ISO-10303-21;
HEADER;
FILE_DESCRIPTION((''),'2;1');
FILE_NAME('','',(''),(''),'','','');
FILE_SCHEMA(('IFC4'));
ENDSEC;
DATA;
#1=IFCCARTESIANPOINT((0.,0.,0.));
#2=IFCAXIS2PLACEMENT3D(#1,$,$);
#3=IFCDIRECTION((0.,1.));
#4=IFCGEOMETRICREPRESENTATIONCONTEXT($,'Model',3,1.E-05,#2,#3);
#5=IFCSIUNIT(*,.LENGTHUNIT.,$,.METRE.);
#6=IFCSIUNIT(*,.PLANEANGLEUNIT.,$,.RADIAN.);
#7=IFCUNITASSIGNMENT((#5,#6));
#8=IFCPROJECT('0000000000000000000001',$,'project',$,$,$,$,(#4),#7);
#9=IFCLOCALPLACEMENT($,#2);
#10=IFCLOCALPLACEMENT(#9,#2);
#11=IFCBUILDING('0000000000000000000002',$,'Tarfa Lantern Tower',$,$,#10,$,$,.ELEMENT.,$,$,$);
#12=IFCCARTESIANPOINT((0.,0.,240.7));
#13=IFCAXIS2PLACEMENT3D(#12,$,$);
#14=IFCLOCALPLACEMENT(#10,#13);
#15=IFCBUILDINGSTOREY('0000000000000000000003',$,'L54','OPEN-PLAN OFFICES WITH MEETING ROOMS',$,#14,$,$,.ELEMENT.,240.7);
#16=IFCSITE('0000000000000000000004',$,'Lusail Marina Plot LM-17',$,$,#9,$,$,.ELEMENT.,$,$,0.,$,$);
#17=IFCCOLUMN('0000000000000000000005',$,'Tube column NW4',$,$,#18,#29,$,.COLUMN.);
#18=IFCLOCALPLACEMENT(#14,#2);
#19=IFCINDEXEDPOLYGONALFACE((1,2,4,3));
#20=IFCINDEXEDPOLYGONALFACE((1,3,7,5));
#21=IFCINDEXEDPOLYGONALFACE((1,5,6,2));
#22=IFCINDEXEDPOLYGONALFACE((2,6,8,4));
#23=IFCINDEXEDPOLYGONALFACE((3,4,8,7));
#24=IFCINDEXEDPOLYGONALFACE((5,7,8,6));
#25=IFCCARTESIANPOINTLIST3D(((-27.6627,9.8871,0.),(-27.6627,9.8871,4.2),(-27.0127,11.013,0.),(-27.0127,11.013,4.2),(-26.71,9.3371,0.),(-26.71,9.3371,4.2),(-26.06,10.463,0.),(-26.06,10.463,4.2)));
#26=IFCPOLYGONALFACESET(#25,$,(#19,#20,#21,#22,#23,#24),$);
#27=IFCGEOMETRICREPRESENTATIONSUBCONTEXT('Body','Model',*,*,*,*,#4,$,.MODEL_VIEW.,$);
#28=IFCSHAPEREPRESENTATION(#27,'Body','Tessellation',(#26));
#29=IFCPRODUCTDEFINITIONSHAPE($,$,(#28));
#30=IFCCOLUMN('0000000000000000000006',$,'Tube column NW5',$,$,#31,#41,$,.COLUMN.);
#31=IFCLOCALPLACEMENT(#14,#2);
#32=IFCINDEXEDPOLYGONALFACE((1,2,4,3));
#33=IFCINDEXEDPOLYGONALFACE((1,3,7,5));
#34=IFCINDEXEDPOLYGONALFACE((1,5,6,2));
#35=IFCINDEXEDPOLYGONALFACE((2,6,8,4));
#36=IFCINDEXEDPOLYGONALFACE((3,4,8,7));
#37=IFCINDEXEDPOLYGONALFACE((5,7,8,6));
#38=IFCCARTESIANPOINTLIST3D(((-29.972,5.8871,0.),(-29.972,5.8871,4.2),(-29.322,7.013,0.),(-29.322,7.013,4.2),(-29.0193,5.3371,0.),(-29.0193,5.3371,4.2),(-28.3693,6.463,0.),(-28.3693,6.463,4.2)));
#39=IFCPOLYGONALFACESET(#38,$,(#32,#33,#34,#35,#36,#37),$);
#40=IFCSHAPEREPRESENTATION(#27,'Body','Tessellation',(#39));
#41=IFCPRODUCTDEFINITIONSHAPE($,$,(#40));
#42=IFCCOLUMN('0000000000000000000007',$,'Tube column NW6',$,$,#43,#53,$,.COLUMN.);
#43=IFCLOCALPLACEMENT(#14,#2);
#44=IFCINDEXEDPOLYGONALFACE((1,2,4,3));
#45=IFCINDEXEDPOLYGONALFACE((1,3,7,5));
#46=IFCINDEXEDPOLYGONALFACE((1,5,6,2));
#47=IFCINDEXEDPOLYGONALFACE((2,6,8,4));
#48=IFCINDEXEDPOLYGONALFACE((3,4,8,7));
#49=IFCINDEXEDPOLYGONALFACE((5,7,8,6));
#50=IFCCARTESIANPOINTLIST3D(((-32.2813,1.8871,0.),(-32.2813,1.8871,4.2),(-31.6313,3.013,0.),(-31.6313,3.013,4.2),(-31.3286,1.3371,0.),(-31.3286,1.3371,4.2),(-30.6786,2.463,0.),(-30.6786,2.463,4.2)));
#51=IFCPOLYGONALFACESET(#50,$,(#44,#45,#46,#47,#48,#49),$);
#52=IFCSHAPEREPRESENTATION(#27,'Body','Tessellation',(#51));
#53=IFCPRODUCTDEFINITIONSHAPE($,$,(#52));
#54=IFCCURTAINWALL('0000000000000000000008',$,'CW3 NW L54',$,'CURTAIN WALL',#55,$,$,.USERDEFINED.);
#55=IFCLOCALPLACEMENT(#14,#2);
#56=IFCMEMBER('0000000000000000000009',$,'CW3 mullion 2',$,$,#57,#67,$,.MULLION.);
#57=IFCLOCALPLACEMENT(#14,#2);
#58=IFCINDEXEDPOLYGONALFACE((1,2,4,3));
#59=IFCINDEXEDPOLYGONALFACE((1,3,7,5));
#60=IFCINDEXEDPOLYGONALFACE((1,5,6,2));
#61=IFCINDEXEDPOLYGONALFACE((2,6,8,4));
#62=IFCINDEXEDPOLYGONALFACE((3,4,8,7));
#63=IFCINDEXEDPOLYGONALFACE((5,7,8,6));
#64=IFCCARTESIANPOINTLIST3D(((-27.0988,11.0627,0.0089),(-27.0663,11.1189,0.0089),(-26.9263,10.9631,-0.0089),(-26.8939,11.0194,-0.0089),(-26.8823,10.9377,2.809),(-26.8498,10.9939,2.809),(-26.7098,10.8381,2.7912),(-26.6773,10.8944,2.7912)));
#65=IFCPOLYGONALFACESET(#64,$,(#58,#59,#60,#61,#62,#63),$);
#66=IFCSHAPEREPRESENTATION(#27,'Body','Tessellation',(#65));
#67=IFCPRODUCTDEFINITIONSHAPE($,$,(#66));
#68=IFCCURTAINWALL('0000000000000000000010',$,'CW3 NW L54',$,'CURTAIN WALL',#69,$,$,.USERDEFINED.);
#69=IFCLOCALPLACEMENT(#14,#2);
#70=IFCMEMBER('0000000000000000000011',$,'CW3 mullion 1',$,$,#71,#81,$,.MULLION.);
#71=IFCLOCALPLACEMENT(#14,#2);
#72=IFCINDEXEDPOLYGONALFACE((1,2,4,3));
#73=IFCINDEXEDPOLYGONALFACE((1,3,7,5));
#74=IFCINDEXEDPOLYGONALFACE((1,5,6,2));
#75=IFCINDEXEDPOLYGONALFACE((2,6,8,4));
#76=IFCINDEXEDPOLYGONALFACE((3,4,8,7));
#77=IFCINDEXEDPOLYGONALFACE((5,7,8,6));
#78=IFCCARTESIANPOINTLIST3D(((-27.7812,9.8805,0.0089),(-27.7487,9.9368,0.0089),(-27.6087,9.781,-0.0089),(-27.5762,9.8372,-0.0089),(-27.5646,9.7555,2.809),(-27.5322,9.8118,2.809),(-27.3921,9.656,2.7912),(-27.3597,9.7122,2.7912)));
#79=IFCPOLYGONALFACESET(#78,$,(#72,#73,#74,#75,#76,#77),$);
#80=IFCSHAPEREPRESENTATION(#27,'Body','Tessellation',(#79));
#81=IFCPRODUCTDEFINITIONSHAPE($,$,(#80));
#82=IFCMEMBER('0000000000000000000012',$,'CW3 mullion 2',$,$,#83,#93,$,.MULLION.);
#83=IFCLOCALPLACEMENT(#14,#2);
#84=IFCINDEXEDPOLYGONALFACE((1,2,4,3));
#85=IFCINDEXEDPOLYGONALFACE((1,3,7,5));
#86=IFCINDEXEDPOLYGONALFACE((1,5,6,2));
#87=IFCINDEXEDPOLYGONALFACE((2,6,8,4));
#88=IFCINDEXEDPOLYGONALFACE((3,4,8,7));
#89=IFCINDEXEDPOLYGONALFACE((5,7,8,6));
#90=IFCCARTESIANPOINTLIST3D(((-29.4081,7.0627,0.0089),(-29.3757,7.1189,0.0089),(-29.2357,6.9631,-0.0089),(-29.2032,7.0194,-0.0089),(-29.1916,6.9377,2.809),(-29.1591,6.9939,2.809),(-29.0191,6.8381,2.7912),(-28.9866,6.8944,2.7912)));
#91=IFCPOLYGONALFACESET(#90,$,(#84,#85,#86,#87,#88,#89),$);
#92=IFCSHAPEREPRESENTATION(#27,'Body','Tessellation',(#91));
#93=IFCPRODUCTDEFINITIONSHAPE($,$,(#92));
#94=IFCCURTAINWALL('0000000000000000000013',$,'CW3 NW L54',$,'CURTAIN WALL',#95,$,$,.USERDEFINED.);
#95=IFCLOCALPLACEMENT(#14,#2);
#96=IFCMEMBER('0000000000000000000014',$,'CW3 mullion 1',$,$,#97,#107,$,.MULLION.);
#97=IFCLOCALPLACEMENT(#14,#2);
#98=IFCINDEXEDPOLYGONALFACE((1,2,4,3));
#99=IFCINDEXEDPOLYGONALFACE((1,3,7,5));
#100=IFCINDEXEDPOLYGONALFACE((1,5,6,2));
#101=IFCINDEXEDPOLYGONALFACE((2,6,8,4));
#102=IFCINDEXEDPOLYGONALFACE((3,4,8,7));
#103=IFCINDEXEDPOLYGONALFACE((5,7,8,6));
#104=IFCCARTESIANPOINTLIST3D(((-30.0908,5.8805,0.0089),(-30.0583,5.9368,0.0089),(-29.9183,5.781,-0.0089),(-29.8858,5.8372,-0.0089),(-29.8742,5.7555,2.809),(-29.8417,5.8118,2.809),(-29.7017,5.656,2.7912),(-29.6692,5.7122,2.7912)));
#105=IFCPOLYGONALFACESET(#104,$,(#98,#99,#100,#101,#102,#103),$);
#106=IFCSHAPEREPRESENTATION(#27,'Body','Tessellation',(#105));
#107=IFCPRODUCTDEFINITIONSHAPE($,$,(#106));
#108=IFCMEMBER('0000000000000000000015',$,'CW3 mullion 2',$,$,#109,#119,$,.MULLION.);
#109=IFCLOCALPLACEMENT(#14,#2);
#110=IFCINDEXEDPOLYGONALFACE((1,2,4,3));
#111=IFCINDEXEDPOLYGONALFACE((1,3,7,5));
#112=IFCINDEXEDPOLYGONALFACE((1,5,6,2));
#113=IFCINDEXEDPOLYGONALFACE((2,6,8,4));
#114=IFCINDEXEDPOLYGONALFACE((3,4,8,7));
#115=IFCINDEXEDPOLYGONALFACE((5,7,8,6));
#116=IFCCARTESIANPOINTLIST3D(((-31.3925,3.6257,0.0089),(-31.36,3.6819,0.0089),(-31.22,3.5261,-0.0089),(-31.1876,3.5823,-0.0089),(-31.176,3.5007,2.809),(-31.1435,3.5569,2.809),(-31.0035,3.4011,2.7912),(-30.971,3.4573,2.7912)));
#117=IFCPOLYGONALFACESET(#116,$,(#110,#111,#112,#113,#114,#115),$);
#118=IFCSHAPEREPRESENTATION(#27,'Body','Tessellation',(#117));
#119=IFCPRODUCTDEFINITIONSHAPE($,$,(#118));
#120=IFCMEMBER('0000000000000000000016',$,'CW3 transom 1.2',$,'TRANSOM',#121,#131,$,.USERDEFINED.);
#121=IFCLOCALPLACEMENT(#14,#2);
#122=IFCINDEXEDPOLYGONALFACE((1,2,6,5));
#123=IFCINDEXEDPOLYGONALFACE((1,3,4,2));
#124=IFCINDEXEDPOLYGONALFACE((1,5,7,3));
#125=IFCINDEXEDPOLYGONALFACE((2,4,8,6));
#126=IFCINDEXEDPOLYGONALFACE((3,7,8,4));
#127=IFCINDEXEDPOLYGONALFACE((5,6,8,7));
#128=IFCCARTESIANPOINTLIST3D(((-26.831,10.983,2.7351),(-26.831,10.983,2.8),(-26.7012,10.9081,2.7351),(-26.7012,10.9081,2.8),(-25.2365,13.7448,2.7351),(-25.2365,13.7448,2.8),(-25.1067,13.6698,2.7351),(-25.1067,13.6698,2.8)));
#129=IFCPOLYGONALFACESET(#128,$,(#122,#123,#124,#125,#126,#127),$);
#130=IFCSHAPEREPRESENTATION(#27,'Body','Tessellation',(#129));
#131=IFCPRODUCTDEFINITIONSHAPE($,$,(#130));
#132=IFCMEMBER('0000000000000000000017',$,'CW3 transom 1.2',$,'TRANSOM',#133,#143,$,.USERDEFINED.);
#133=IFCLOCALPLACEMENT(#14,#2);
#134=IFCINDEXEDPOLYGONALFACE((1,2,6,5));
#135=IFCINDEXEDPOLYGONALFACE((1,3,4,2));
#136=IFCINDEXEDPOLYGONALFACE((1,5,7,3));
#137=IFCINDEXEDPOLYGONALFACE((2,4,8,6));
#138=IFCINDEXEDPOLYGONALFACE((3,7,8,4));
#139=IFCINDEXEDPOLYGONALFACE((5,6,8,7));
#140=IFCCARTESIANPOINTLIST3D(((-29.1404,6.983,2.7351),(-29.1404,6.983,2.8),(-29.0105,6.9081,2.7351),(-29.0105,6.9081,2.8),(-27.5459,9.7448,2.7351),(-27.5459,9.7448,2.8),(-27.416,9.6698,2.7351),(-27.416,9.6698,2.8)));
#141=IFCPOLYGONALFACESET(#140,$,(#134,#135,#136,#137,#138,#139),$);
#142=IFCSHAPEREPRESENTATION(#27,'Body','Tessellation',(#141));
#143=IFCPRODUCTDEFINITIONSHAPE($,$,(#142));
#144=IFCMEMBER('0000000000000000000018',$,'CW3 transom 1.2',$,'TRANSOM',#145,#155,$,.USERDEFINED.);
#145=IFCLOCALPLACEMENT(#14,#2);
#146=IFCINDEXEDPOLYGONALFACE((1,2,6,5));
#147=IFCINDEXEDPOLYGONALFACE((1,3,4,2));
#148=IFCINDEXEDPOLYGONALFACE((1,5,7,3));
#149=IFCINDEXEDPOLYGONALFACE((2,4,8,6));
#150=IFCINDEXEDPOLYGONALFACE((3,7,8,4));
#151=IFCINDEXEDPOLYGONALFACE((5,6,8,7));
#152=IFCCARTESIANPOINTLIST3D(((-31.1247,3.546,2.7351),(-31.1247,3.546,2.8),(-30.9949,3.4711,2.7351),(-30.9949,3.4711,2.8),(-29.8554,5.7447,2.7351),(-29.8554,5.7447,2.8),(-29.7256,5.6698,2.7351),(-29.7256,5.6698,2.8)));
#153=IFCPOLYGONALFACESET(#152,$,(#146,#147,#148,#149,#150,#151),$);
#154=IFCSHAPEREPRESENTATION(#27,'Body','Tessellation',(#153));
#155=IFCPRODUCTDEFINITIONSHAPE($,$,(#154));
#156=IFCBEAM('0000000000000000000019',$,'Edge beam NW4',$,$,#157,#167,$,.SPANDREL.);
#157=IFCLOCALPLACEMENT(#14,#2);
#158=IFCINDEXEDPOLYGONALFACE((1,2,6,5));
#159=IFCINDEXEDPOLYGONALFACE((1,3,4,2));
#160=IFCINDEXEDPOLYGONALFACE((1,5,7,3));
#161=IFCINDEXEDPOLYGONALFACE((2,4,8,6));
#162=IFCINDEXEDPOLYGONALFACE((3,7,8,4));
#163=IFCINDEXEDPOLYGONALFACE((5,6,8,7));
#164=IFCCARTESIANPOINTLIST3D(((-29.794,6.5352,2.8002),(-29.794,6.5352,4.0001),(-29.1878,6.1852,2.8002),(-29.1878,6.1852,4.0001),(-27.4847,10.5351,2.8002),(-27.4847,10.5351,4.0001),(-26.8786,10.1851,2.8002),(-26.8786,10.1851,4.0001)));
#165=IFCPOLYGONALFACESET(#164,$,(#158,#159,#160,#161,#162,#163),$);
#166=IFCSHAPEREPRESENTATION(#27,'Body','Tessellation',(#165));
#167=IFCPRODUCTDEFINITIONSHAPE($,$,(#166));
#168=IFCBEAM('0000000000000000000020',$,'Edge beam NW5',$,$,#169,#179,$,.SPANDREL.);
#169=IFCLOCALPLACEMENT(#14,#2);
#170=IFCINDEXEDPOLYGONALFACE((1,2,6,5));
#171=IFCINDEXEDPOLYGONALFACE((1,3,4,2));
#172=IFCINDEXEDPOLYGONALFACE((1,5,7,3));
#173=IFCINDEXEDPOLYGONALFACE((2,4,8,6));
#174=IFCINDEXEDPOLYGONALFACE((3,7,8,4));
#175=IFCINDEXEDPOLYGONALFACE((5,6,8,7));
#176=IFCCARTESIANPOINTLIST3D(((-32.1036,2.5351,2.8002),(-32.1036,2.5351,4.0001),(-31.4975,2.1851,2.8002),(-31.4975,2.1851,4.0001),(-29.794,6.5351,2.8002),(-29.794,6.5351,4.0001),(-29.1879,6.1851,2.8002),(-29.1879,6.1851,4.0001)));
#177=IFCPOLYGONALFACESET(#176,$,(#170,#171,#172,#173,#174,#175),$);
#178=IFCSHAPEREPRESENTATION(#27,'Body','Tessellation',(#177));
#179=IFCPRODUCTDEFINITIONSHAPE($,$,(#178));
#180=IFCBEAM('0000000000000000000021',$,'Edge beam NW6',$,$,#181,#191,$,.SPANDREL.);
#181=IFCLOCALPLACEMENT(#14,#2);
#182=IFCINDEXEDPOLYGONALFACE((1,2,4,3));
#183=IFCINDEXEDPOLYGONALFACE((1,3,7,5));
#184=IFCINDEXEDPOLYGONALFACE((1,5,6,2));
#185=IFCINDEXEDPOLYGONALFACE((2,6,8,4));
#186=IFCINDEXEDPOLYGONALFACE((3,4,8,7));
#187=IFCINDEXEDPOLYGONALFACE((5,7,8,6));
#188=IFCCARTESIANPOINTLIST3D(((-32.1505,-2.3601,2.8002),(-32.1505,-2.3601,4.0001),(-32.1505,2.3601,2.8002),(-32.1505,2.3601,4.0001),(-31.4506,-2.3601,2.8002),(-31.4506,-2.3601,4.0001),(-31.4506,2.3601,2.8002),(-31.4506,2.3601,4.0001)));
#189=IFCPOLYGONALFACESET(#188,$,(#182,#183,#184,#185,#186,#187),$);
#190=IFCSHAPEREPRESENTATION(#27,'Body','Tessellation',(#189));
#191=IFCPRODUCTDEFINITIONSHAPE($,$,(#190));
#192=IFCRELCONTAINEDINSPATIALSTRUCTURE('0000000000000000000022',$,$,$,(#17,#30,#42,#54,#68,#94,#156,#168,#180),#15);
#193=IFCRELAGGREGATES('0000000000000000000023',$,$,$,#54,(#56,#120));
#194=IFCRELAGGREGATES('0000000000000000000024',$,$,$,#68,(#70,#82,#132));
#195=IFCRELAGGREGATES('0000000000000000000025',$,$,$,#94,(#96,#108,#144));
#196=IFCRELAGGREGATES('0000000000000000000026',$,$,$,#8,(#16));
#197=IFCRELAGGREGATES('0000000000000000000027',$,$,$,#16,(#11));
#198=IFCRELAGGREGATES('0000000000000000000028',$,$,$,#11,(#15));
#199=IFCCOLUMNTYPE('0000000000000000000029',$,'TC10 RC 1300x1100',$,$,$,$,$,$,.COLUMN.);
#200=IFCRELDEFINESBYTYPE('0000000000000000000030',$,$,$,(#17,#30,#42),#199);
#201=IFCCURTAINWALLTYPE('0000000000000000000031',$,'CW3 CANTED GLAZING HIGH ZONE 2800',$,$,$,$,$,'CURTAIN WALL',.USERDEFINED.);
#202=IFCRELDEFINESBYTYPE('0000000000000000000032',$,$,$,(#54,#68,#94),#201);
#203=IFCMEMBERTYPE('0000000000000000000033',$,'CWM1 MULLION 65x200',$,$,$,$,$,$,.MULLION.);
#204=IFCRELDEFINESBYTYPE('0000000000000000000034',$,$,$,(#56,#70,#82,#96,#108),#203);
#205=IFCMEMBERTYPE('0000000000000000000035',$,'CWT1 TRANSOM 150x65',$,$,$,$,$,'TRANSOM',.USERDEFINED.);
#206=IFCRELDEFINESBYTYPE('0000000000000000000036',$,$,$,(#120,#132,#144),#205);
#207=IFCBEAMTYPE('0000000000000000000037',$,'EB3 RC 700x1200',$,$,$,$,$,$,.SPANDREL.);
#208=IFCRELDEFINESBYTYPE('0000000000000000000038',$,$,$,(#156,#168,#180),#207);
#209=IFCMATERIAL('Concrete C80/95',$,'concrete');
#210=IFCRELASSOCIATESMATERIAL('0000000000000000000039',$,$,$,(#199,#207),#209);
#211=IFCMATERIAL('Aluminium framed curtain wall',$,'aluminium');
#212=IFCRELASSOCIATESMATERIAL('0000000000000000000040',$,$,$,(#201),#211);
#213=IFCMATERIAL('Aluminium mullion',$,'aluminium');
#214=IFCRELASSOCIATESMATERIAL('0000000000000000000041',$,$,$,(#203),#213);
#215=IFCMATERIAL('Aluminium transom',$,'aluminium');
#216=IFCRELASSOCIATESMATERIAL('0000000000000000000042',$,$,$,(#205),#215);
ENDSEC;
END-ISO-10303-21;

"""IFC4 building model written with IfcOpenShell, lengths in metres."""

from ifc_helpers import new_model, si_unit, direction, frame, origin, origin_2d, place, context, subcontext, project, spatial, rectangle, extrude, material, material_profile, profile_set, type_object, element, aggregate, save


model = new_model("IFC4")

# Units and contexts
model_context = context("Model", 3, precision=1e-05, world=origin(), true_north=direction((0.0, 1.0)))
body_context = subcontext(model_context, "Body", "Model", "MODEL_VIEW")
ifc_project = project(units=[si_unit("LENGTHUNIT", "METRE"), si_unit("PLANEANGLEUNIT", "RADIAN")], contexts=[model_context])

# Site, building, storey
site_placement = place(None, origin())
site = spatial("IfcSite", under=ifc_project, at=site_placement, Name="Lusail Marina Plot LM-17", CompositionType="ELEMENT", RefElevation=0.0)
building_placement = place(site_placement, origin())
building = spatial("IfcBuilding", under=site, at=building_placement, Name="Tarfa Lantern Tower", CompositionType="ELEMENT")
storey_placement = place(building_placement, frame((0.0, 0.0, 240.7)))
storey = spatial("IfcBuildingStorey", under=building, at=storey_placement, Name="L54", Description="OPEN-PLAN OFFICES WITH MEETING ROOMS", CompositionType="ELEMENT", Elevation=240.7)

# Columns
ifc_material_1 = material(Name="Concrete C80/95", Category="concrete")
ifc_material_profile_1 = material_profile(ifc_material_1, rectangle(XDim=1.3, YDim=1.1001, at=origin_2d()), Name="RC 1300x1100")
ifc_profile_set_1 = profile_set([ifc_material_profile_1], Name="Concrete C80/95")
column_type = type_object("IfcColumnType", Name="TC10 RC 1300x1100", PredefinedType="COLUMN", material=ifc_profile_set_1)
for number, where, z_axis, x_axis, name in (
    (1, (-26.8613, 10.175, 0.0), (0.0, 0.0, 1.0), (-0.5, -0.866025, 0.0), "Tube column NW4"),
    (2, (-29.1707, 6.175, 0.0), (0.0, 0.0, 1.0), (-0.5, -0.866025, 0.0), "Tube column NW5"),
    (3, (-31.48, 2.175, 0.0), (0.0, 0.0, 1.0), (-0.5, -0.866025, 0.0), "Tube column NW6"),
):
    element("IfcColumn", number, at=place(storey_placement, frame(where, z_axis=z_axis, x_axis=x_axis)), inside=storey, type_object=column_type, Name=name, PredefinedType="COLUMN", context=body_context, shape_type="SweptSolid", body=[
        extrude(rectangle(XDim=1.3, YDim=1.1001, at=origin_2d()), origin(), (0.0, 0.0, 1.0), 4.2),
    ])

# Curtain wall, member
ifc_material_2 = material(Name="Aluminium framed curtain wall", Category="aluminium")
curtain_wall_type = type_object("IfcCurtainWallType", Name="CW3 CANTED GLAZING HIGH ZONE 2800", ElementType="CURTAIN WALL", PredefinedType="USERDEFINED", material=ifc_material_2)
curtain_wall_1_placement = place(storey_placement, origin())
curtain_wall_1 = element("IfcCurtainWall", 4, at=curtain_wall_1_placement, inside=storey, type_object=curtain_wall_type, Name="CW3 NW L54", ObjectType="CURTAIN WALL", PredefinedType="USERDEFINED")
ifc_material_3 = material(Name="Aluminium mullion", Category="aluminium")
ifc_material_profile_2 = material_profile(ifc_material_3, rectangle(XDim=0.0649, YDim=0.2, at=origin_2d()), Name="AL MULLION 65x200")
ifc_profile_set_2 = profile_set([ifc_material_profile_2], Name="Aluminium mullion")
member_type_1 = type_object("IfcMemberType", Name="CWM1 MULLION 65x200", PredefinedType="MULLION", material=ifc_profile_set_2)
member_1_placement = place(storey_placement, frame((-26.9963, 11.041, 0.0), z_axis=(0.077032, -0.044465, 0.996037), x_axis=(0.49992, 0.866072, 0.0)))
member_1 = element("IfcMember", 5, at=member_1_placement, type_object=member_type_1, Name="CW3 mullion 2", PredefinedType="MULLION", context=body_context, shape_type="SweptSolid", body=[
    extrude(rectangle(XDim=0.0649, YDim=0.2, at=origin_2d()), origin(), (0.0, 0.0, 1.0), 2.8113),
])

# Curtain walls, members
curtain_wall_2_placement = place(storey_placement, origin())
curtain_wall_2 = element("IfcCurtainWall", 6, at=curtain_wall_2_placement, inside=storey, type_object=curtain_wall_type, Name="CW3 NW L54", ObjectType="CURTAIN WALL", PredefinedType="USERDEFINED")
member_2_placement = place(storey_placement, frame((-27.6787, 9.8589, 0.0), z_axis=(0.077032, -0.044465, 0.996037), x_axis=(0.49992, 0.866072, 0.0)))
member_2 = element("IfcMember", 7, at=member_2_placement, type_object=member_type_1, Name="CW3 mullion 1", PredefinedType="MULLION", context=body_context, shape_type="SweptSolid", body=[
    extrude(rectangle(XDim=0.0649, YDim=0.2, at=origin_2d()), origin(), (0.0, 0.0, 1.0), 2.8113),
])
member_3_placement = place(storey_placement, frame((-29.3057, 7.041, 0.0), z_axis=(0.077032, -0.044465, 0.996037), x_axis=(0.49992, 0.866072, 0.0)))
member_3 = element("IfcMember", 8, at=member_3_placement, type_object=member_type_1, Name="CW3 mullion 2", PredefinedType="MULLION", context=body_context, shape_type="SweptSolid", body=[
    extrude(rectangle(XDim=0.0649, YDim=0.2, at=origin_2d()), origin(), (0.0, 0.0, 1.0), 2.8113),
])
curtain_wall_3_placement = place(storey_placement, origin())
curtain_wall_3 = element("IfcCurtainWall", 9, at=curtain_wall_3_placement, inside=storey, type_object=curtain_wall_type, Name="CW3 NW L54", ObjectType="CURTAIN WALL", PredefinedType="USERDEFINED")
member_4_placement = place(storey_placement, frame((-29.9883, 5.8589, 0.0), z_axis=(0.077032, -0.044465, 0.996037), x_axis=(0.49992, 0.866072, 0.0)))
member_4 = element("IfcMember", 10, at=member_4_placement, type_object=member_type_1, Name="CW3 mullion 1", PredefinedType="MULLION", context=body_context, shape_type="SweptSolid", body=[
    extrude(rectangle(XDim=0.0649, YDim=0.2, at=origin_2d()), origin(), (0.0, 0.0, 1.0), 2.8113),
])
member_5_placement = place(storey_placement, frame((-31.29, 3.604, 0.0), z_axis=(0.077032, -0.044465, 0.996037), x_axis=(0.49992, 0.866072, 0.0)))
member_5 = element("IfcMember", 11, at=member_5_placement, type_object=member_type_1, Name="CW3 mullion 2", PredefinedType="MULLION", context=body_context, shape_type="SweptSolid", body=[
    extrude(rectangle(XDim=0.0649, YDim=0.2, at=origin_2d()), origin(), (0.0, 0.0, 1.0), 2.8113),
])

# Members
ifc_material_4 = material(Name="Aluminium transom", Category="aluminium")
ifc_material_profile_3 = material_profile(ifc_material_4, rectangle(XDim=0.1499, YDim=0.0649, at=origin_2d()), Name="AL TRANSOM 150x65")
ifc_profile_set_3 = profile_set([ifc_material_profile_3], Name="Aluminium transom")
member_type_2 = type_object("IfcMemberType", Name="CWT1 TRANSOM 150x65", ElementType="TRANSOM", PredefinedType="USERDEFINED", material=ifc_profile_set_3)
member_6_placement = place(storey_placement, frame((-25.1716, 13.7073, 2.7676), z_axis=(-0.500001, -0.866025, 0.0), x_axis=(0.866025, -0.500001, 0.0)))
member_6 = element("IfcMember", 12, at=member_6_placement, type_object=member_type_2, Name="CW3 transom 1.2", ObjectType="TRANSOM", PredefinedType="USERDEFINED", context=body_context, shape_type="SweptSolid", body=[
    extrude(rectangle(XDim=0.1499, YDim=0.0649, at=origin_2d()), origin(), (0.0, 0.0, 1.0), 3.189),
])
aggregate(curtain_wall_1, [member_1, member_6])
member_7_placement = place(storey_placement, frame((-27.481, 9.7073, 2.7676), z_axis=(-0.500001, -0.866025, 0.0), x_axis=(0.866025, -0.500001, 0.0)))
member_7 = element("IfcMember", 13, at=member_7_placement, type_object=member_type_2, Name="CW3 transom 1.2", ObjectType="TRANSOM", PredefinedType="USERDEFINED", context=body_context, shape_type="SweptSolid", body=[
    extrude(rectangle(XDim=0.1499, YDim=0.0649, at=origin_2d()), origin(), (0.0, 0.0, 1.0), 3.189),
])
member_8_placement = place(storey_placement, frame((-29.7905, 5.7073, 2.7676), z_axis=(-0.499956, -0.866051, 0.0), x_axis=(0.866051, -0.499956, 0.0)))
member_8 = element("IfcMember", 14, at=member_8_placement, type_object=member_type_2, Name="CW3 transom 1.2", ObjectType="TRANSOM", PredefinedType="USERDEFINED", context=body_context, shape_type="SweptSolid", body=[
    extrude(rectangle(XDim=0.1499, YDim=0.0649, at=origin_2d()), origin(), (0.0, 0.0, 1.0), 2.5388),
])

# Beams
ifc_material_profile_4 = material_profile(ifc_material_1, rectangle(XDim=0.7, YDim=1.2, at=origin_2d()), Name="RC 700x1200")
ifc_profile_set_4 = profile_set([ifc_material_profile_4], Name="Concrete C80/95")
beam_type_1 = type_object("IfcBeamType", Name="EB3 RC 700x1200", PredefinedType="SPANDREL", material=ifc_profile_set_4)
beam_1_placement = place(storey_placement, frame((-27.1816, 10.3601, 3.4001), z_axis=(-0.499988, -0.866032, 0.0), x_axis=(0.866032, -0.499988, 0.0)))
element("IfcBeam", 15, at=beam_1_placement, inside=storey, type_object=beam_type_1, Name="Edge beam NW4", PredefinedType="SPANDREL", context=body_context, shape_type="SweptSolid", body=[
    extrude(rectangle(XDim=0.7, YDim=1.2, at=origin_2d()), origin(), (0.0, 0.0, 1.0), 4.6187),
])
beam_2_placement = place(storey_placement, frame((-29.491, 6.3601, 3.4001), z_axis=(-0.500027, -0.86601, 0.0), x_axis=(0.86601, -0.500027, 0.0)))
element("IfcBeam", 16, at=beam_2_placement, inside=storey, type_object=beam_type_1, Name="Edge beam NW5", PredefinedType="SPANDREL", context=body_context, shape_type="SweptSolid", body=[
    extrude(rectangle(XDim=0.7, YDim=1.2, at=origin_2d()), origin(), (0.0, 0.0, 1.0), 4.6189),
])
beam_3_placement = place(storey_placement, frame((-31.8005, 2.3601, 3.4001), z_axis=(0.0, -1.0, 0.0), x_axis=(1.0, 0.0, 0.0)))
element("IfcBeam", 17, at=beam_3_placement, inside=storey, type_object=beam_type_1, Name="Edge beam NW6", PredefinedType="SPANDREL", context=body_context, shape_type="SweptSolid", body=[
    extrude(rectangle(XDim=0.7, YDim=1.2, at=origin_2d()), origin(), (0.0, 0.0, 1.0), 4.7202),
])

aggregate(curtain_wall_2, [member_2, member_3, member_7])
aggregate(curtain_wall_3, [member_4, member_5, member_8])

save(model, "model.ifc")
